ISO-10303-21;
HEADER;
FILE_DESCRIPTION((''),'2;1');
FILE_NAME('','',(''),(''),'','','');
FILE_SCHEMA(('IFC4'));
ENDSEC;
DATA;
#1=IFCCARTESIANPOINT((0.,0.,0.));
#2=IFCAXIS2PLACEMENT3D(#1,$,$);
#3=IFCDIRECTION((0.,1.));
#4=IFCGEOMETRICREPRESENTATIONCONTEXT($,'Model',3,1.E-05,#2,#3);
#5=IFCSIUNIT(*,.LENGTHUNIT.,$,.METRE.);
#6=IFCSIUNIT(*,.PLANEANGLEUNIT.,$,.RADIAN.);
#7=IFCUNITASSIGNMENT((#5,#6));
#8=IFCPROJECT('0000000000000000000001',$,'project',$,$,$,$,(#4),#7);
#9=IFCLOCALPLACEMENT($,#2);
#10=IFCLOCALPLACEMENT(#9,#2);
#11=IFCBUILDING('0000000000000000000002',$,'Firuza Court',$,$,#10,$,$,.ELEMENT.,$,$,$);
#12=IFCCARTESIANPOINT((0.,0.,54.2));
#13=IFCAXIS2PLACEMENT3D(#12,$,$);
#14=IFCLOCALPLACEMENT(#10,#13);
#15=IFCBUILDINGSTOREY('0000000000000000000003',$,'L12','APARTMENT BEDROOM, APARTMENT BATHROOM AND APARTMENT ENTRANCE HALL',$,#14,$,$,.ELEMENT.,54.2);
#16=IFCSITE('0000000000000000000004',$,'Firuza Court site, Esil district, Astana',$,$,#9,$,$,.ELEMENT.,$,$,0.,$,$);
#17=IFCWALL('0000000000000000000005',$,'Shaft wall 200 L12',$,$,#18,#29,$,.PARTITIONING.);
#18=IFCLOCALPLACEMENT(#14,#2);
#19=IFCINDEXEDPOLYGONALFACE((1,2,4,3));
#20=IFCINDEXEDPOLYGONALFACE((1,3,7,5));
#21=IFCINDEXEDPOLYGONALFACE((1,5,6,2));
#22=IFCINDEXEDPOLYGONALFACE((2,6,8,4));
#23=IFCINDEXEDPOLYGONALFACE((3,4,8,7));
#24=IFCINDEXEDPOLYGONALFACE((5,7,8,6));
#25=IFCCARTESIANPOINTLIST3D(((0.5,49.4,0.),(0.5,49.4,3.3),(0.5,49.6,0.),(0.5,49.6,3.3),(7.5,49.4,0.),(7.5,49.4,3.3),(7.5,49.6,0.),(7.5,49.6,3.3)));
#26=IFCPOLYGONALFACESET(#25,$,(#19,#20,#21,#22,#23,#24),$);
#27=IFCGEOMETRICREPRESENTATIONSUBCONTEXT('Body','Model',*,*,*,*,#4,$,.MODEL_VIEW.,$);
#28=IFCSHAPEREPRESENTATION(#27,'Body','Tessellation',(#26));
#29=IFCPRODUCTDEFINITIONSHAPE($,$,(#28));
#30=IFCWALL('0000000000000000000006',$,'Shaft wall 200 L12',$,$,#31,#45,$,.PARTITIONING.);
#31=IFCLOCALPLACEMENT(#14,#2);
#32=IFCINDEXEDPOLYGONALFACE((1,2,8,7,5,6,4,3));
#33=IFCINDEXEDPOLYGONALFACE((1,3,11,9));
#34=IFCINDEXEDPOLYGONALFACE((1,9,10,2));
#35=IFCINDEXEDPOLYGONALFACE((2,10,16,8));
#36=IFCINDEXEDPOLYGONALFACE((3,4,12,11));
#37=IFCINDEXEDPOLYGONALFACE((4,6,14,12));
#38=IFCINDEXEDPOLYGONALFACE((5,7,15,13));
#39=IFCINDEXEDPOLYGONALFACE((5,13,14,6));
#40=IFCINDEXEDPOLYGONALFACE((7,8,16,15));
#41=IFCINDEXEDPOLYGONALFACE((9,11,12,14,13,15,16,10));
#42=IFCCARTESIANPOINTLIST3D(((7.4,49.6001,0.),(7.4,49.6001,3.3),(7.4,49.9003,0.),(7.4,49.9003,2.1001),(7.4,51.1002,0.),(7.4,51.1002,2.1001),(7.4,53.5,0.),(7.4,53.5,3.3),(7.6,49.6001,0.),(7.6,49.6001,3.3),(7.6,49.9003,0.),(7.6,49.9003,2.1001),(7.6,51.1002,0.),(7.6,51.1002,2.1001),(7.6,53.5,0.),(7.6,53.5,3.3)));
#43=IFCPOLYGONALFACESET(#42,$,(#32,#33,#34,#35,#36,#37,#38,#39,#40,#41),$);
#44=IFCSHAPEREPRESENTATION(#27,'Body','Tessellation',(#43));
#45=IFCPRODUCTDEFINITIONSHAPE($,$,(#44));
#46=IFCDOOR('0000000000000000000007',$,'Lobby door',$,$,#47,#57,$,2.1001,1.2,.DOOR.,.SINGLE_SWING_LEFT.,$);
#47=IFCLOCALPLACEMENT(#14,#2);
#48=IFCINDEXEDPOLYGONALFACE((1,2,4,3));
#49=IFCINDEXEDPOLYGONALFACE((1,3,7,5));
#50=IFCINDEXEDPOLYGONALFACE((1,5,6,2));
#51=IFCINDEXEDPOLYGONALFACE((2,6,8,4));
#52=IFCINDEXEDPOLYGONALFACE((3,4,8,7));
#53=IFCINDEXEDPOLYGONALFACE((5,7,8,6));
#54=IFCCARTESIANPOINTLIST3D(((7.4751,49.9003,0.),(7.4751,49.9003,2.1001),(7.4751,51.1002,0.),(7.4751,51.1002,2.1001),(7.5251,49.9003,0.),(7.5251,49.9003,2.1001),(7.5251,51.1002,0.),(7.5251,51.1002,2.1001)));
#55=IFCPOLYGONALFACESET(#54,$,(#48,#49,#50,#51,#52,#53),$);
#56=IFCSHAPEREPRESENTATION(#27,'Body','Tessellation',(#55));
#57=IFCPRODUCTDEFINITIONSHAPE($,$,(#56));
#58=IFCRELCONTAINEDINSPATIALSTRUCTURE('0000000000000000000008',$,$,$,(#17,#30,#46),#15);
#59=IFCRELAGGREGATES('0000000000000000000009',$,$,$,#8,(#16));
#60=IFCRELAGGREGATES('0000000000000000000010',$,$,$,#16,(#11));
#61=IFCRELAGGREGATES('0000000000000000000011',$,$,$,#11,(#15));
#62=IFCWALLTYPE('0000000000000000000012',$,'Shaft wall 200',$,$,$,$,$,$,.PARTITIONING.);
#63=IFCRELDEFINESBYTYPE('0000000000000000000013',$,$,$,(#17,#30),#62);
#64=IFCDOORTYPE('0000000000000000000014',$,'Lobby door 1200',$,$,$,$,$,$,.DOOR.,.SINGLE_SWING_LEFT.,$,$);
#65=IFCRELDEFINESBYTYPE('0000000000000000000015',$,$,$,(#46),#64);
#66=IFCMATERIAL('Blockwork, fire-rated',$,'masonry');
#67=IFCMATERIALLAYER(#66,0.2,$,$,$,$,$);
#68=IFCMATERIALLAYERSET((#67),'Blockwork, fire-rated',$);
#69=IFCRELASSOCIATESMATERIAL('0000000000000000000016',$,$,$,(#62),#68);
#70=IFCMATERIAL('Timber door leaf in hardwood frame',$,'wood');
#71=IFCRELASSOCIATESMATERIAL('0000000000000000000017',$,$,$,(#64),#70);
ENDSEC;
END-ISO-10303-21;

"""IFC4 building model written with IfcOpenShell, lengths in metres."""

from ifc_helpers import new_model, si_unit, direction, frame, frame_2d, origin, place, context, subcontext, project, spatial, rectangle, extrude, material, layer, layer_set, type_object, element, fill, save


model = new_model("IFC4")

# Units and contexts
model_context = context("Model", 3, precision=1e-05, world=origin(), true_north=direction((0.0, 1.0)))
body_context = subcontext(model_context, "Body", "Model", "MODEL_VIEW")
ifc_project = project(units=[si_unit("LENGTHUNIT", "METRE"), si_unit("PLANEANGLEUNIT", "RADIAN")], contexts=[model_context])

# Site, building, storey
site_placement = place(None, origin())
site = spatial("IfcSite", under=ifc_project, at=site_placement, Name="Firuza Court site, Esil district, Astana", CompositionType="ELEMENT", RefElevation=0.0)
building_placement = place(site_placement, origin())
building = spatial("IfcBuilding", under=site, at=building_placement, Name="Firuza Court", CompositionType="ELEMENT")
storey_placement = place(building_placement, frame((0.0, 0.0, 54.2)))
storey = spatial("IfcBuildingStorey", under=building, at=storey_placement, Name="L12", Description="APARTMENT BEDROOM, APARTMENT BATHROOM AND APARTMENT ENTRANCE HALL", CompositionType="ELEMENT", Elevation=54.2)

# Shared definitions
ifc_material_1 = material(Name="Blockwork, fire-rated", Category="masonry")
ifc_layer_1 = layer(ifc_material_1, 0.2)
ifc_layer_set_1 = layer_set([ifc_layer_1], Name="Blockwork, fire-rated")
wall_type_1 = type_object("IfcWallType", Name="Shaft wall 200", PredefinedType="PARTITIONING", material=ifc_layer_set_1)
ifc_material_2 = material(Name="Timber door leaf in hardwood frame", Category="wood")
door_type_1 = type_object("IfcDoorType", Name="Lobby door 1200", OperationType="SINGLE_SWING_LEFT", PredefinedType="DOOR", material=ifc_material_2)

# Wall
wall_1_placement = place(storey_placement, frame((0.5, 49.5, 0.0), z_axis=(0.0, 0.0, 1.0), x_axis=(1.0, 0.0, 0.0)))
element("IfcWall", 1, at=wall_1_placement, inside=storey, type_object=wall_type_1, Name="Shaft wall 200 L12", PredefinedType="PARTITIONING", context=body_context, shape_type="SweptSolid", body=[
    extrude(rectangle(XDim=7.0, YDim=0.2, at=frame_2d((3.5, 0.0))), origin(), (0.0, 0.0, 1.0), 3.3),
])

# Wall, opening, door
wall_2_placement = place(storey_placement, frame((7.5, 49.6001, 0.0), z_axis=(0.0, 0.0, 1.0), x_axis=(0.0, 1.0, 0.0)))
wall_2 = element("IfcWall", 2, at=wall_2_placement, inside=storey, type_object=wall_type_1, Name="Shaft wall 200 L12", PredefinedType="PARTITIONING", context=body_context, shape_type="SweptSolid", body=[
    extrude(rectangle(XDim=3.8999, YDim=0.2, at=frame_2d((1.95, 0.0))), origin(), (0.0, 0.0, 1.0), 3.3),
])
opening_1_placement = place(wall_2_placement, frame((0.3, 0.0, 0.0)))
opening_1 = element("IfcOpeningElement", 3, at=opening_1_placement, cuts=wall_2, PredefinedType="OPENING", context=body_context, shape_type="SweptSolid", body=[
    extrude(rectangle(XDim=1.2, YDim=2.1001, at=frame_2d((0.6001, 1.05))), frame((0.0, 0.1118, 0.0), z_axis=(0.0, -1.0, 0.0), x_axis=(1.0, 0.0, 0.0)), (0.0, 0.0, 1.0), 0.2239),
])
door_1_placement = place(opening_1_placement, origin())
door_1 = element("IfcDoor", 4, at=door_1_placement, inside=storey, type_object=door_type_1, Name="Lobby door", OperationType="SINGLE_SWING_LEFT", OverallHeight=2.1001, OverallWidth=1.2, PredefinedType="DOOR", context=body_context, shape_type="SweptSolid", body=[
    extrude(rectangle(XDim=1.2, YDim=2.1001, at=frame_2d((0.6001, 1.05))), frame((0.0, 0.0249, 0.0), z_axis=(0.0, -1.0, 0.0), x_axis=(1.0, 0.0, 0.0)), (0.0, 0.0, 1.0), 0.05),
])
fill(opening_1, door_1)

save(model, "model.ifc")
